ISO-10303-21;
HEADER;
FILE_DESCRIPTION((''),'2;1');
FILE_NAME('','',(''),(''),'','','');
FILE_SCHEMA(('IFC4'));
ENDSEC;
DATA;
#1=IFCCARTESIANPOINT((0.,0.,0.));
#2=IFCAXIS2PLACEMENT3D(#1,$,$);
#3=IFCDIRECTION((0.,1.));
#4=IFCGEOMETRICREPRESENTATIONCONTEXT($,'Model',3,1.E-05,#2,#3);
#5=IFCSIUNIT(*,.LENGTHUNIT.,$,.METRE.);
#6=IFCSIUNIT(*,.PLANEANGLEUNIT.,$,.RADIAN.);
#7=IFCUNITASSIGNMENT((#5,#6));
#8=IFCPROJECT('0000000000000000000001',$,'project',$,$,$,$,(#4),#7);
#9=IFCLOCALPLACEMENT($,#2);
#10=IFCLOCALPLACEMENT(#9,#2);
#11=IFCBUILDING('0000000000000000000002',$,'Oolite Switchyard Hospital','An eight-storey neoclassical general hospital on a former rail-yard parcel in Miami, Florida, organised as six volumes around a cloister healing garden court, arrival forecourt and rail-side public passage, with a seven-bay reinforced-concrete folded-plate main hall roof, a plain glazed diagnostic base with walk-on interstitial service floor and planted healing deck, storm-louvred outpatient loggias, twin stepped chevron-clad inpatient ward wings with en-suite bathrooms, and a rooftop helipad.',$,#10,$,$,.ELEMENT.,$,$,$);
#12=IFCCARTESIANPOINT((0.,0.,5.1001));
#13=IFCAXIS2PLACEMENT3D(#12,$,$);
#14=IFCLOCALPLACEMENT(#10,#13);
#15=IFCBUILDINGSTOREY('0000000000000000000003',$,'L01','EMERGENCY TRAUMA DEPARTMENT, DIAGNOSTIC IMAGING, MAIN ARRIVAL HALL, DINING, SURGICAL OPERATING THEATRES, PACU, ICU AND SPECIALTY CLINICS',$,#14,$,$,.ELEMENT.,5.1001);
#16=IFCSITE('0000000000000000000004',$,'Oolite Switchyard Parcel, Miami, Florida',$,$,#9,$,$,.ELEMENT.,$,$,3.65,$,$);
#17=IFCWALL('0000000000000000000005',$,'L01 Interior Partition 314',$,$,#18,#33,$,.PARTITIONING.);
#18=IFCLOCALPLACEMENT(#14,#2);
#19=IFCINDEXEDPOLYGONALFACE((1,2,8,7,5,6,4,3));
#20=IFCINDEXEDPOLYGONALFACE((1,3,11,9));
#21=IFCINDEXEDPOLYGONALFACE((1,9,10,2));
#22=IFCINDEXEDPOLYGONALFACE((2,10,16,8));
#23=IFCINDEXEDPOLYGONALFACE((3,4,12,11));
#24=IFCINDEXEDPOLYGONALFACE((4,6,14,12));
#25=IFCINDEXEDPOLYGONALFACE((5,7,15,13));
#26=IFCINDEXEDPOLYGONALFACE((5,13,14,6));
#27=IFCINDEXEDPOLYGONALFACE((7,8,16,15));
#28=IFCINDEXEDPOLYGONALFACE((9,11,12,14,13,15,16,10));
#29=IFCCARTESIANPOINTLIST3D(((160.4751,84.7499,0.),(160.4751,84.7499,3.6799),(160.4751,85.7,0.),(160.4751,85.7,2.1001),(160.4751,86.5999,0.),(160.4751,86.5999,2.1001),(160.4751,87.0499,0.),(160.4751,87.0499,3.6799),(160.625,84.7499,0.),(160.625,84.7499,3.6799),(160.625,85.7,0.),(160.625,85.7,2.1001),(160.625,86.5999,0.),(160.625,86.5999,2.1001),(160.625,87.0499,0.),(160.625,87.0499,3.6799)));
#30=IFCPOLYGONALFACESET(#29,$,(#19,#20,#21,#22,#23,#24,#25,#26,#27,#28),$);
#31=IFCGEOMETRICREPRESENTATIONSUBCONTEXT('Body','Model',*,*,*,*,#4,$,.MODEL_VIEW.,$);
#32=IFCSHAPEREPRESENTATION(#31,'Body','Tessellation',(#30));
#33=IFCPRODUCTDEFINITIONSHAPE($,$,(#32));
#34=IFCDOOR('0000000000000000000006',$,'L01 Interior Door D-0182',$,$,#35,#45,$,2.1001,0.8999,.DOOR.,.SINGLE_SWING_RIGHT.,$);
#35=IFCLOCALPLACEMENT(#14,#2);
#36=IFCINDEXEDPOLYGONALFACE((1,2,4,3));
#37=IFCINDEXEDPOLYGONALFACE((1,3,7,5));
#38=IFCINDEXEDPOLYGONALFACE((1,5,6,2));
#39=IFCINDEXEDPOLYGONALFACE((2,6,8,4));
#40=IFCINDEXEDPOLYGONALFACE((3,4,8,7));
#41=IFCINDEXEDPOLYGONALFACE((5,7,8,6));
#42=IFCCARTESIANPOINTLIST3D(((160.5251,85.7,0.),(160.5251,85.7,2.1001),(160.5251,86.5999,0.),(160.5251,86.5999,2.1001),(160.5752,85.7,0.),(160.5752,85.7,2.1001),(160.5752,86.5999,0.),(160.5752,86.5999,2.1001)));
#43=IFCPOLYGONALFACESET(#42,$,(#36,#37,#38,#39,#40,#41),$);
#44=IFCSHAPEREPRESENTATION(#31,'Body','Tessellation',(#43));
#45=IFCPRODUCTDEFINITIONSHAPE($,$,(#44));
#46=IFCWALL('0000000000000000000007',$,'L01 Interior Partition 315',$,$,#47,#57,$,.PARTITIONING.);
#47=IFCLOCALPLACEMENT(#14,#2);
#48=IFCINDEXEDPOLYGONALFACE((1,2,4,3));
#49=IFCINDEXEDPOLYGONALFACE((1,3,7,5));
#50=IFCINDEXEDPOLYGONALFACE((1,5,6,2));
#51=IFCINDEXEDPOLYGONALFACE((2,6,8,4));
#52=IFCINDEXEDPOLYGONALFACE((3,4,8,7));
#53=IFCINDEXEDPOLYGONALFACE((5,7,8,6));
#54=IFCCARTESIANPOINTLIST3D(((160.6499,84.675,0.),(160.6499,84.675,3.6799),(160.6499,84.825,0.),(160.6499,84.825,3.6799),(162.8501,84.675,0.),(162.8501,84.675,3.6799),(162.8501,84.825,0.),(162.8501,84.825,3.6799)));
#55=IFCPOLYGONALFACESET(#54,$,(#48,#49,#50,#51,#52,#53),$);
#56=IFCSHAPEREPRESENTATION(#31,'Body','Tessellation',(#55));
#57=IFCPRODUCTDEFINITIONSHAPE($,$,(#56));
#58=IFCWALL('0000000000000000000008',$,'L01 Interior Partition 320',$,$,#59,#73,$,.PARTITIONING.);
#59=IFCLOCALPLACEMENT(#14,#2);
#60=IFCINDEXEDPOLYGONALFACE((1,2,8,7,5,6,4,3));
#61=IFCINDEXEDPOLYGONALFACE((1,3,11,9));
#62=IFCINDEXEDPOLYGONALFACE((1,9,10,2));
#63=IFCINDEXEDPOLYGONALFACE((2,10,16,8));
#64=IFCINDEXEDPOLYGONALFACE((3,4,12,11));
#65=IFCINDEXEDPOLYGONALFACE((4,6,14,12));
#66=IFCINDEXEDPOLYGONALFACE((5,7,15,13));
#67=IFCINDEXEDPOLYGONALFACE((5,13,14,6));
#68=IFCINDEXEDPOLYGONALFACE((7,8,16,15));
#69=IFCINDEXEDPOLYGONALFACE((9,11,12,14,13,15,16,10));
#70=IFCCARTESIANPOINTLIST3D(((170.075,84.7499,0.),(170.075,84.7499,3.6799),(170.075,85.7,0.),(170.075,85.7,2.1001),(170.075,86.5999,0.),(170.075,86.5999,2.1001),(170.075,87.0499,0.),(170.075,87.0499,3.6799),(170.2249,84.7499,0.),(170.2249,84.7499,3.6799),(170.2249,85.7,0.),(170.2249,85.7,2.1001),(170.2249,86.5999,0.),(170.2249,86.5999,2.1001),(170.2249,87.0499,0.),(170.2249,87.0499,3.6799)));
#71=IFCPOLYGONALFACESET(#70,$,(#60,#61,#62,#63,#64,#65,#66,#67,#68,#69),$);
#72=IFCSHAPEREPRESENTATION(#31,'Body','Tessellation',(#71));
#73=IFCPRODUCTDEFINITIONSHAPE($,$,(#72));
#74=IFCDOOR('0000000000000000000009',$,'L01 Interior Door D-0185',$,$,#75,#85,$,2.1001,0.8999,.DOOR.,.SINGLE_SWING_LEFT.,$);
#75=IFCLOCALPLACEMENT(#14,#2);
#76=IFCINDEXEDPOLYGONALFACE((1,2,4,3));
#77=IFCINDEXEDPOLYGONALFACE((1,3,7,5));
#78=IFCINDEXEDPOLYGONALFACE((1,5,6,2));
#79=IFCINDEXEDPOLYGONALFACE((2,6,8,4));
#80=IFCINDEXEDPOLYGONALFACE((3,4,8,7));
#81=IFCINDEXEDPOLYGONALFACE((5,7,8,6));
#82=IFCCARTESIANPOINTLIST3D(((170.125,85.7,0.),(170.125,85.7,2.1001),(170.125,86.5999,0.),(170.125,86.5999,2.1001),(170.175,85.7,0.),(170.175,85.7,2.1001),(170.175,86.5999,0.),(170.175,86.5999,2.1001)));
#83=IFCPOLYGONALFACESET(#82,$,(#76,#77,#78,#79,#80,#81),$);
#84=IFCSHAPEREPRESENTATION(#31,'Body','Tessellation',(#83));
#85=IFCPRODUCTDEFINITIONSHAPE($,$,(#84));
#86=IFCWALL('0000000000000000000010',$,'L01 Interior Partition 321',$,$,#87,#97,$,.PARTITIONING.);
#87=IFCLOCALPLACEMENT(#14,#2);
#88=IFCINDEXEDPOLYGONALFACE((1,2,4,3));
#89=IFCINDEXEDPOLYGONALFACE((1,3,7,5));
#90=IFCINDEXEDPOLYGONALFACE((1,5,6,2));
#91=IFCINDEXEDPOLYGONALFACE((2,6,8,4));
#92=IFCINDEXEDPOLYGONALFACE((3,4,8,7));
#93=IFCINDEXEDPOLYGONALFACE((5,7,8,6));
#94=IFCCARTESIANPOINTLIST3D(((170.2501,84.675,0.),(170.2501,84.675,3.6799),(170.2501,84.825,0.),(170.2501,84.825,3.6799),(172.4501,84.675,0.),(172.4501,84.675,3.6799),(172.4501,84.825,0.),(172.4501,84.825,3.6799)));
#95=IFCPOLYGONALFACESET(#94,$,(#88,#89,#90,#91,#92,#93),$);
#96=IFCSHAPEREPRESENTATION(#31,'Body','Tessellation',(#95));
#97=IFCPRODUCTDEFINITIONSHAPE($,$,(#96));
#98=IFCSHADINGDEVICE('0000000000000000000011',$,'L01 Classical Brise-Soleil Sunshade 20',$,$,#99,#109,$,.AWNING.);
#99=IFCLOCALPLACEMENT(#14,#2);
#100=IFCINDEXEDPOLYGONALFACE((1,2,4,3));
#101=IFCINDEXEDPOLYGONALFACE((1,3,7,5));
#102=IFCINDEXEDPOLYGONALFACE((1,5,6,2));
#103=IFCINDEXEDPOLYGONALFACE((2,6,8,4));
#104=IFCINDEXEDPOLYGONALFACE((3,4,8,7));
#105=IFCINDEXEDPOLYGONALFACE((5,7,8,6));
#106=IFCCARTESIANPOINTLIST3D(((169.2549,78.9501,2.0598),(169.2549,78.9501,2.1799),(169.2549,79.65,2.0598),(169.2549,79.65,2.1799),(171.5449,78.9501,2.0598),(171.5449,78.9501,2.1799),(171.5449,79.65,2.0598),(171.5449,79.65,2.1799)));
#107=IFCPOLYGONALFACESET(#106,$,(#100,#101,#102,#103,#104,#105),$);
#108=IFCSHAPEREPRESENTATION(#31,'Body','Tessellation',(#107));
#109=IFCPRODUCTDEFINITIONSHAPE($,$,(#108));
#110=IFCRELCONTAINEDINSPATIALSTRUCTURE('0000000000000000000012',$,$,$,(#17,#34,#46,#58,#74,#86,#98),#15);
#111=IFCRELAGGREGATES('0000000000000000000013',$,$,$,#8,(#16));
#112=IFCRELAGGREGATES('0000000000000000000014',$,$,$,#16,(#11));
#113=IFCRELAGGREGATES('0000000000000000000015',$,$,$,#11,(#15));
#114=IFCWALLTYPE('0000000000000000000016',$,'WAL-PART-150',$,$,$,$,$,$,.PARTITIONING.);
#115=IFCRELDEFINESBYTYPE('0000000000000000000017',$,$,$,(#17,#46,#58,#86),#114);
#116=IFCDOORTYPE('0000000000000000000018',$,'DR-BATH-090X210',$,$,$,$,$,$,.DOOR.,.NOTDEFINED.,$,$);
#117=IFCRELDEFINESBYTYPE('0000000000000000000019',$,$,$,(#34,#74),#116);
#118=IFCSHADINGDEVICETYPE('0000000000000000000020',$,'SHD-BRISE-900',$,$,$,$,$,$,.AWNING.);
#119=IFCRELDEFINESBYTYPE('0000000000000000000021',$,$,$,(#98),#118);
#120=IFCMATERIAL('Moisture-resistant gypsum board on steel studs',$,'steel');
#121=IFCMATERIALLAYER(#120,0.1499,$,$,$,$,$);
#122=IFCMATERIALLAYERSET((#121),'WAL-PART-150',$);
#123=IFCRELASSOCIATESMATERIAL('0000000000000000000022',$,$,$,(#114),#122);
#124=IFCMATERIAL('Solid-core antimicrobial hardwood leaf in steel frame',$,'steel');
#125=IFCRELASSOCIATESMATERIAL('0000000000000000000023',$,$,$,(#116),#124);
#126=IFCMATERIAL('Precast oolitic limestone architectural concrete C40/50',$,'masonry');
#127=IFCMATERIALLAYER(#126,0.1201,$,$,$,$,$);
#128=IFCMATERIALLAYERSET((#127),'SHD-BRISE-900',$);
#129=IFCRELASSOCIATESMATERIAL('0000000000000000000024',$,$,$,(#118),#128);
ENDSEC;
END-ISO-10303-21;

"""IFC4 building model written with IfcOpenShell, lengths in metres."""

from ifc_helpers import new_model, si_unit, direction, frame, frame_2d, origin, origin_2d, place, context, subcontext, project, spatial, rectangle, extrude, material, layer, layer_set, type_object, element, fill, save


model = new_model("IFC4")

# Units and contexts
model_context = context("Model", 3, precision=1e-05, world=origin(), true_north=direction((0.0, 1.0)))
body_context = subcontext(model_context, "Body", "Model", "MODEL_VIEW")
ifc_project = project(units=[si_unit("LENGTHUNIT", "METRE"), si_unit("PLANEANGLEUNIT", "RADIAN")], contexts=[model_context])

# Site, building, storey
site_placement = place(None, origin())
site = spatial("IfcSite", under=ifc_project, at=site_placement, Name="Oolite Switchyard Parcel, Miami, Florida", CompositionType="ELEMENT", RefElevation=3.65)
building_placement = place(site_placement, origin())
building = spatial("IfcBuilding", under=site, at=building_placement, Name="Oolite Switchyard Hospital", Description="An eight-storey neoclassical general hospital on a former rail-yard parcel in Miami, Florida, organised as six volumes around a cloister healing garden court, arrival forecourt and rail-side public passage, with a seven-bay reinforced-concrete folded-plate main hall roof, a plain glazed diagnostic base with walk-on interstitial service floor and planted healing deck, storm-louvred outpatient loggias, twin stepped chevron-clad inpatient ward wings with en-suite bathrooms, and a rooftop helipad.", CompositionType="ELEMENT")
storey_placement = place(building_placement, frame((0.0, 0.0, 5.1001)))
storey = spatial("IfcBuildingStorey", under=building, at=storey_placement, Name="L01", Description="EMERGENCY TRAUMA DEPARTMENT, DIAGNOSTIC IMAGING, MAIN ARRIVAL HALL, DINING, SURGICAL OPERATING THEATRES, PACU, ICU AND SPECIALTY CLINICS", CompositionType="ELEMENT", Elevation=5.1001)

# Shared definitions
ifc_material_1 = material(Name="Precast oolitic limestone architectural concrete C40/50", Category="masonry")

# Shared definitions
ifc_material_2 = material(Name="Moisture-resistant gypsum board on steel studs", Category="steel")

# Wall, opening, door
ifc_layer_1 = layer(ifc_material_2, 0.1499)
ifc_layer_set_1 = layer_set([ifc_layer_1], Name="WAL-PART-150")
wall_type_1 = type_object("IfcWallType", Name="WAL-PART-150", PredefinedType="PARTITIONING", material=ifc_layer_set_1)
wall_1_placement = place(storey_placement, frame((160.55, 84.75, 0.0), z_axis=(0.0, 0.0, 1.0), x_axis=(0.0, 1.0, 0.0)))
wall_1 = element("IfcWall", 1, at=wall_1_placement, inside=storey, type_object=wall_type_1, Name="L01 Interior Partition 314", PredefinedType="PARTITIONING", context=body_context, shape_type="SweptSolid", body=[
    extrude(rectangle(XDim=2.3, YDim=0.1499, at=frame_2d((1.1499, 0.0))), origin(), (0.0, 0.0, 1.0), 3.6799),
])
opening_1_placement = place(wall_1_placement, frame((0.95, 0.0, 0.0)))
opening_1 = element("IfcOpeningElement", 2, at=opening_1_placement, cuts=wall_1, PredefinedType="OPENING", context=body_context, shape_type="SweptSolid", body=[
    extrude(rectangle(XDim=0.8999, YDim=2.1001, at=frame_2d((0.45, 1.05))), frame((0.0, 0.085, 0.0), z_axis=(0.0, -1.0, 0.0), x_axis=(1.0, 0.0, 0.0)), (0.0, 0.0, 1.0), 0.1699),
])
ifc_material_3 = material(Name="Solid-core antimicrobial hardwood leaf in steel frame", Category="steel")
door_type = type_object("IfcDoorType", Name="DR-BATH-090X210", OperationType="NOTDEFINED", PredefinedType="DOOR", material=ifc_material_3)
door_1_placement = place(opening_1_placement, origin())
door_1 = element("IfcDoor", 3, at=door_1_placement, inside=storey, type_object=door_type, Name="L01 Interior Door D-0182", OperationType="SINGLE_SWING_RIGHT", OverallHeight=2.1001, OverallWidth=0.8999, PredefinedType="DOOR", context=body_context, shape_type="SweptSolid", body=[
    extrude(rectangle(XDim=0.8999, YDim=2.1001, at=frame_2d((0.45, 1.05))), frame((0.0, 0.0249, 0.0), z_axis=(0.0, -1.0, 0.0), x_axis=(1.0, 0.0, 0.0)), (0.0, 0.0, 1.0), 0.05),
])
fill(opening_1, door_1)

# Wall
wall_2_placement = place(storey_placement, frame((160.6499, 84.75, 0.0), z_axis=(0.0, 0.0, 1.0), x_axis=(1.0, 0.0, 0.0)))
element("IfcWall", 4, at=wall_2_placement, inside=storey, type_object=wall_type_1, Name="L01 Interior Partition 315", PredefinedType="PARTITIONING", context=body_context, shape_type="SweptSolid", body=[
    extrude(rectangle(XDim=2.2002, YDim=0.1499, at=frame_2d((1.1001, 0.0))), origin(), (0.0, 0.0, 1.0), 3.6799),
])

# Wall, opening, door
wall_3_placement = place(storey_placement, frame((170.1499, 84.75, 0.0), z_axis=(0.0, 0.0, 1.0), x_axis=(0.0, 1.0, 0.0)))
wall_3 = element("IfcWall", 5, at=wall_3_placement, inside=storey, type_object=wall_type_1, Name="L01 Interior Partition 320", PredefinedType="PARTITIONING", context=body_context, shape_type="SweptSolid", body=[
    extrude(rectangle(XDim=2.3, YDim=0.1499, at=frame_2d((1.1499, 0.0))), origin(), (0.0, 0.0, 1.0), 3.6799),
])
opening_2_placement = place(wall_3_placement, frame((0.95, 0.0, 0.0)))
opening_2 = element("IfcOpeningElement", 6, at=opening_2_placement, cuts=wall_3, PredefinedType="OPENING", context=body_context, shape_type="SweptSolid", body=[
    extrude(rectangle(XDim=0.8999, YDim=2.1001, at=frame_2d((0.45, 1.05))), frame((0.0, 0.085, 0.0), z_axis=(0.0, -1.0, 0.0), x_axis=(1.0, 0.0, 0.0)), (0.0, 0.0, 1.0), 0.1699),
])
door_2_placement = place(opening_2_placement, origin())
door_2 = element("IfcDoor", 7, at=door_2_placement, inside=storey, type_object=door_type, Name="L01 Interior Door D-0185", OperationType="SINGLE_SWING_LEFT", OverallHeight=2.1001, OverallWidth=0.8999, PredefinedType="DOOR", context=body_context, shape_type="SweptSolid", body=[
    extrude(rectangle(XDim=0.8999, YDim=2.1001, at=frame_2d((0.45, 1.05))), frame((0.0, 0.0249, 0.0), z_axis=(0.0, -1.0, 0.0), x_axis=(1.0, 0.0, 0.0)), (0.0, 0.0, 1.0), 0.05),
])
fill(opening_2, door_2)

# Wall
wall_4_placement = place(storey_placement, frame((170.25, 84.75, 0.0), z_axis=(0.0, 0.0, 1.0), x_axis=(1.0, 0.0, 0.0)))
element("IfcWall", 8, at=wall_4_placement, inside=storey, type_object=wall_type_1, Name="L01 Interior Partition 321", PredefinedType="PARTITIONING", context=body_context, shape_type="SweptSolid", body=[
    extrude(rectangle(XDim=2.2, YDim=0.1499, at=frame_2d((1.1001, 0.0))), origin(), (0.0, 0.0, 1.0), 3.6799),
])

# Shading device
ifc_layer_2 = layer(ifc_material_1, 0.1201)
ifc_layer_set_2 = layer_set([ifc_layer_2], Name="SHD-BRISE-900")
shading_device_type = type_object("IfcShadingDeviceType", Name="SHD-BRISE-900", PredefinedType="AWNING", material=ifc_layer_set_2)
shading_device_placement = place(storey_placement, frame((170.3999, 79.3, 2.0598), z_axis=(0.0, 0.0, 1.0), x_axis=(1.0, 0.0, 0.0)))
element("IfcShadingDevice", 9, at=shading_device_placement, inside=storey, type_object=shading_device_type, Name="L01 Classical Brise-Soleil Sunshade 20", PredefinedType="AWNING", context=body_context, shape_type="SweptSolid", body=[
    extrude(rectangle(XDim=2.29, YDim=0.7, at=origin_2d()), origin(), (0.0, 0.0, 1.0), 0.1201),
])

save(model, "model.ifc")
